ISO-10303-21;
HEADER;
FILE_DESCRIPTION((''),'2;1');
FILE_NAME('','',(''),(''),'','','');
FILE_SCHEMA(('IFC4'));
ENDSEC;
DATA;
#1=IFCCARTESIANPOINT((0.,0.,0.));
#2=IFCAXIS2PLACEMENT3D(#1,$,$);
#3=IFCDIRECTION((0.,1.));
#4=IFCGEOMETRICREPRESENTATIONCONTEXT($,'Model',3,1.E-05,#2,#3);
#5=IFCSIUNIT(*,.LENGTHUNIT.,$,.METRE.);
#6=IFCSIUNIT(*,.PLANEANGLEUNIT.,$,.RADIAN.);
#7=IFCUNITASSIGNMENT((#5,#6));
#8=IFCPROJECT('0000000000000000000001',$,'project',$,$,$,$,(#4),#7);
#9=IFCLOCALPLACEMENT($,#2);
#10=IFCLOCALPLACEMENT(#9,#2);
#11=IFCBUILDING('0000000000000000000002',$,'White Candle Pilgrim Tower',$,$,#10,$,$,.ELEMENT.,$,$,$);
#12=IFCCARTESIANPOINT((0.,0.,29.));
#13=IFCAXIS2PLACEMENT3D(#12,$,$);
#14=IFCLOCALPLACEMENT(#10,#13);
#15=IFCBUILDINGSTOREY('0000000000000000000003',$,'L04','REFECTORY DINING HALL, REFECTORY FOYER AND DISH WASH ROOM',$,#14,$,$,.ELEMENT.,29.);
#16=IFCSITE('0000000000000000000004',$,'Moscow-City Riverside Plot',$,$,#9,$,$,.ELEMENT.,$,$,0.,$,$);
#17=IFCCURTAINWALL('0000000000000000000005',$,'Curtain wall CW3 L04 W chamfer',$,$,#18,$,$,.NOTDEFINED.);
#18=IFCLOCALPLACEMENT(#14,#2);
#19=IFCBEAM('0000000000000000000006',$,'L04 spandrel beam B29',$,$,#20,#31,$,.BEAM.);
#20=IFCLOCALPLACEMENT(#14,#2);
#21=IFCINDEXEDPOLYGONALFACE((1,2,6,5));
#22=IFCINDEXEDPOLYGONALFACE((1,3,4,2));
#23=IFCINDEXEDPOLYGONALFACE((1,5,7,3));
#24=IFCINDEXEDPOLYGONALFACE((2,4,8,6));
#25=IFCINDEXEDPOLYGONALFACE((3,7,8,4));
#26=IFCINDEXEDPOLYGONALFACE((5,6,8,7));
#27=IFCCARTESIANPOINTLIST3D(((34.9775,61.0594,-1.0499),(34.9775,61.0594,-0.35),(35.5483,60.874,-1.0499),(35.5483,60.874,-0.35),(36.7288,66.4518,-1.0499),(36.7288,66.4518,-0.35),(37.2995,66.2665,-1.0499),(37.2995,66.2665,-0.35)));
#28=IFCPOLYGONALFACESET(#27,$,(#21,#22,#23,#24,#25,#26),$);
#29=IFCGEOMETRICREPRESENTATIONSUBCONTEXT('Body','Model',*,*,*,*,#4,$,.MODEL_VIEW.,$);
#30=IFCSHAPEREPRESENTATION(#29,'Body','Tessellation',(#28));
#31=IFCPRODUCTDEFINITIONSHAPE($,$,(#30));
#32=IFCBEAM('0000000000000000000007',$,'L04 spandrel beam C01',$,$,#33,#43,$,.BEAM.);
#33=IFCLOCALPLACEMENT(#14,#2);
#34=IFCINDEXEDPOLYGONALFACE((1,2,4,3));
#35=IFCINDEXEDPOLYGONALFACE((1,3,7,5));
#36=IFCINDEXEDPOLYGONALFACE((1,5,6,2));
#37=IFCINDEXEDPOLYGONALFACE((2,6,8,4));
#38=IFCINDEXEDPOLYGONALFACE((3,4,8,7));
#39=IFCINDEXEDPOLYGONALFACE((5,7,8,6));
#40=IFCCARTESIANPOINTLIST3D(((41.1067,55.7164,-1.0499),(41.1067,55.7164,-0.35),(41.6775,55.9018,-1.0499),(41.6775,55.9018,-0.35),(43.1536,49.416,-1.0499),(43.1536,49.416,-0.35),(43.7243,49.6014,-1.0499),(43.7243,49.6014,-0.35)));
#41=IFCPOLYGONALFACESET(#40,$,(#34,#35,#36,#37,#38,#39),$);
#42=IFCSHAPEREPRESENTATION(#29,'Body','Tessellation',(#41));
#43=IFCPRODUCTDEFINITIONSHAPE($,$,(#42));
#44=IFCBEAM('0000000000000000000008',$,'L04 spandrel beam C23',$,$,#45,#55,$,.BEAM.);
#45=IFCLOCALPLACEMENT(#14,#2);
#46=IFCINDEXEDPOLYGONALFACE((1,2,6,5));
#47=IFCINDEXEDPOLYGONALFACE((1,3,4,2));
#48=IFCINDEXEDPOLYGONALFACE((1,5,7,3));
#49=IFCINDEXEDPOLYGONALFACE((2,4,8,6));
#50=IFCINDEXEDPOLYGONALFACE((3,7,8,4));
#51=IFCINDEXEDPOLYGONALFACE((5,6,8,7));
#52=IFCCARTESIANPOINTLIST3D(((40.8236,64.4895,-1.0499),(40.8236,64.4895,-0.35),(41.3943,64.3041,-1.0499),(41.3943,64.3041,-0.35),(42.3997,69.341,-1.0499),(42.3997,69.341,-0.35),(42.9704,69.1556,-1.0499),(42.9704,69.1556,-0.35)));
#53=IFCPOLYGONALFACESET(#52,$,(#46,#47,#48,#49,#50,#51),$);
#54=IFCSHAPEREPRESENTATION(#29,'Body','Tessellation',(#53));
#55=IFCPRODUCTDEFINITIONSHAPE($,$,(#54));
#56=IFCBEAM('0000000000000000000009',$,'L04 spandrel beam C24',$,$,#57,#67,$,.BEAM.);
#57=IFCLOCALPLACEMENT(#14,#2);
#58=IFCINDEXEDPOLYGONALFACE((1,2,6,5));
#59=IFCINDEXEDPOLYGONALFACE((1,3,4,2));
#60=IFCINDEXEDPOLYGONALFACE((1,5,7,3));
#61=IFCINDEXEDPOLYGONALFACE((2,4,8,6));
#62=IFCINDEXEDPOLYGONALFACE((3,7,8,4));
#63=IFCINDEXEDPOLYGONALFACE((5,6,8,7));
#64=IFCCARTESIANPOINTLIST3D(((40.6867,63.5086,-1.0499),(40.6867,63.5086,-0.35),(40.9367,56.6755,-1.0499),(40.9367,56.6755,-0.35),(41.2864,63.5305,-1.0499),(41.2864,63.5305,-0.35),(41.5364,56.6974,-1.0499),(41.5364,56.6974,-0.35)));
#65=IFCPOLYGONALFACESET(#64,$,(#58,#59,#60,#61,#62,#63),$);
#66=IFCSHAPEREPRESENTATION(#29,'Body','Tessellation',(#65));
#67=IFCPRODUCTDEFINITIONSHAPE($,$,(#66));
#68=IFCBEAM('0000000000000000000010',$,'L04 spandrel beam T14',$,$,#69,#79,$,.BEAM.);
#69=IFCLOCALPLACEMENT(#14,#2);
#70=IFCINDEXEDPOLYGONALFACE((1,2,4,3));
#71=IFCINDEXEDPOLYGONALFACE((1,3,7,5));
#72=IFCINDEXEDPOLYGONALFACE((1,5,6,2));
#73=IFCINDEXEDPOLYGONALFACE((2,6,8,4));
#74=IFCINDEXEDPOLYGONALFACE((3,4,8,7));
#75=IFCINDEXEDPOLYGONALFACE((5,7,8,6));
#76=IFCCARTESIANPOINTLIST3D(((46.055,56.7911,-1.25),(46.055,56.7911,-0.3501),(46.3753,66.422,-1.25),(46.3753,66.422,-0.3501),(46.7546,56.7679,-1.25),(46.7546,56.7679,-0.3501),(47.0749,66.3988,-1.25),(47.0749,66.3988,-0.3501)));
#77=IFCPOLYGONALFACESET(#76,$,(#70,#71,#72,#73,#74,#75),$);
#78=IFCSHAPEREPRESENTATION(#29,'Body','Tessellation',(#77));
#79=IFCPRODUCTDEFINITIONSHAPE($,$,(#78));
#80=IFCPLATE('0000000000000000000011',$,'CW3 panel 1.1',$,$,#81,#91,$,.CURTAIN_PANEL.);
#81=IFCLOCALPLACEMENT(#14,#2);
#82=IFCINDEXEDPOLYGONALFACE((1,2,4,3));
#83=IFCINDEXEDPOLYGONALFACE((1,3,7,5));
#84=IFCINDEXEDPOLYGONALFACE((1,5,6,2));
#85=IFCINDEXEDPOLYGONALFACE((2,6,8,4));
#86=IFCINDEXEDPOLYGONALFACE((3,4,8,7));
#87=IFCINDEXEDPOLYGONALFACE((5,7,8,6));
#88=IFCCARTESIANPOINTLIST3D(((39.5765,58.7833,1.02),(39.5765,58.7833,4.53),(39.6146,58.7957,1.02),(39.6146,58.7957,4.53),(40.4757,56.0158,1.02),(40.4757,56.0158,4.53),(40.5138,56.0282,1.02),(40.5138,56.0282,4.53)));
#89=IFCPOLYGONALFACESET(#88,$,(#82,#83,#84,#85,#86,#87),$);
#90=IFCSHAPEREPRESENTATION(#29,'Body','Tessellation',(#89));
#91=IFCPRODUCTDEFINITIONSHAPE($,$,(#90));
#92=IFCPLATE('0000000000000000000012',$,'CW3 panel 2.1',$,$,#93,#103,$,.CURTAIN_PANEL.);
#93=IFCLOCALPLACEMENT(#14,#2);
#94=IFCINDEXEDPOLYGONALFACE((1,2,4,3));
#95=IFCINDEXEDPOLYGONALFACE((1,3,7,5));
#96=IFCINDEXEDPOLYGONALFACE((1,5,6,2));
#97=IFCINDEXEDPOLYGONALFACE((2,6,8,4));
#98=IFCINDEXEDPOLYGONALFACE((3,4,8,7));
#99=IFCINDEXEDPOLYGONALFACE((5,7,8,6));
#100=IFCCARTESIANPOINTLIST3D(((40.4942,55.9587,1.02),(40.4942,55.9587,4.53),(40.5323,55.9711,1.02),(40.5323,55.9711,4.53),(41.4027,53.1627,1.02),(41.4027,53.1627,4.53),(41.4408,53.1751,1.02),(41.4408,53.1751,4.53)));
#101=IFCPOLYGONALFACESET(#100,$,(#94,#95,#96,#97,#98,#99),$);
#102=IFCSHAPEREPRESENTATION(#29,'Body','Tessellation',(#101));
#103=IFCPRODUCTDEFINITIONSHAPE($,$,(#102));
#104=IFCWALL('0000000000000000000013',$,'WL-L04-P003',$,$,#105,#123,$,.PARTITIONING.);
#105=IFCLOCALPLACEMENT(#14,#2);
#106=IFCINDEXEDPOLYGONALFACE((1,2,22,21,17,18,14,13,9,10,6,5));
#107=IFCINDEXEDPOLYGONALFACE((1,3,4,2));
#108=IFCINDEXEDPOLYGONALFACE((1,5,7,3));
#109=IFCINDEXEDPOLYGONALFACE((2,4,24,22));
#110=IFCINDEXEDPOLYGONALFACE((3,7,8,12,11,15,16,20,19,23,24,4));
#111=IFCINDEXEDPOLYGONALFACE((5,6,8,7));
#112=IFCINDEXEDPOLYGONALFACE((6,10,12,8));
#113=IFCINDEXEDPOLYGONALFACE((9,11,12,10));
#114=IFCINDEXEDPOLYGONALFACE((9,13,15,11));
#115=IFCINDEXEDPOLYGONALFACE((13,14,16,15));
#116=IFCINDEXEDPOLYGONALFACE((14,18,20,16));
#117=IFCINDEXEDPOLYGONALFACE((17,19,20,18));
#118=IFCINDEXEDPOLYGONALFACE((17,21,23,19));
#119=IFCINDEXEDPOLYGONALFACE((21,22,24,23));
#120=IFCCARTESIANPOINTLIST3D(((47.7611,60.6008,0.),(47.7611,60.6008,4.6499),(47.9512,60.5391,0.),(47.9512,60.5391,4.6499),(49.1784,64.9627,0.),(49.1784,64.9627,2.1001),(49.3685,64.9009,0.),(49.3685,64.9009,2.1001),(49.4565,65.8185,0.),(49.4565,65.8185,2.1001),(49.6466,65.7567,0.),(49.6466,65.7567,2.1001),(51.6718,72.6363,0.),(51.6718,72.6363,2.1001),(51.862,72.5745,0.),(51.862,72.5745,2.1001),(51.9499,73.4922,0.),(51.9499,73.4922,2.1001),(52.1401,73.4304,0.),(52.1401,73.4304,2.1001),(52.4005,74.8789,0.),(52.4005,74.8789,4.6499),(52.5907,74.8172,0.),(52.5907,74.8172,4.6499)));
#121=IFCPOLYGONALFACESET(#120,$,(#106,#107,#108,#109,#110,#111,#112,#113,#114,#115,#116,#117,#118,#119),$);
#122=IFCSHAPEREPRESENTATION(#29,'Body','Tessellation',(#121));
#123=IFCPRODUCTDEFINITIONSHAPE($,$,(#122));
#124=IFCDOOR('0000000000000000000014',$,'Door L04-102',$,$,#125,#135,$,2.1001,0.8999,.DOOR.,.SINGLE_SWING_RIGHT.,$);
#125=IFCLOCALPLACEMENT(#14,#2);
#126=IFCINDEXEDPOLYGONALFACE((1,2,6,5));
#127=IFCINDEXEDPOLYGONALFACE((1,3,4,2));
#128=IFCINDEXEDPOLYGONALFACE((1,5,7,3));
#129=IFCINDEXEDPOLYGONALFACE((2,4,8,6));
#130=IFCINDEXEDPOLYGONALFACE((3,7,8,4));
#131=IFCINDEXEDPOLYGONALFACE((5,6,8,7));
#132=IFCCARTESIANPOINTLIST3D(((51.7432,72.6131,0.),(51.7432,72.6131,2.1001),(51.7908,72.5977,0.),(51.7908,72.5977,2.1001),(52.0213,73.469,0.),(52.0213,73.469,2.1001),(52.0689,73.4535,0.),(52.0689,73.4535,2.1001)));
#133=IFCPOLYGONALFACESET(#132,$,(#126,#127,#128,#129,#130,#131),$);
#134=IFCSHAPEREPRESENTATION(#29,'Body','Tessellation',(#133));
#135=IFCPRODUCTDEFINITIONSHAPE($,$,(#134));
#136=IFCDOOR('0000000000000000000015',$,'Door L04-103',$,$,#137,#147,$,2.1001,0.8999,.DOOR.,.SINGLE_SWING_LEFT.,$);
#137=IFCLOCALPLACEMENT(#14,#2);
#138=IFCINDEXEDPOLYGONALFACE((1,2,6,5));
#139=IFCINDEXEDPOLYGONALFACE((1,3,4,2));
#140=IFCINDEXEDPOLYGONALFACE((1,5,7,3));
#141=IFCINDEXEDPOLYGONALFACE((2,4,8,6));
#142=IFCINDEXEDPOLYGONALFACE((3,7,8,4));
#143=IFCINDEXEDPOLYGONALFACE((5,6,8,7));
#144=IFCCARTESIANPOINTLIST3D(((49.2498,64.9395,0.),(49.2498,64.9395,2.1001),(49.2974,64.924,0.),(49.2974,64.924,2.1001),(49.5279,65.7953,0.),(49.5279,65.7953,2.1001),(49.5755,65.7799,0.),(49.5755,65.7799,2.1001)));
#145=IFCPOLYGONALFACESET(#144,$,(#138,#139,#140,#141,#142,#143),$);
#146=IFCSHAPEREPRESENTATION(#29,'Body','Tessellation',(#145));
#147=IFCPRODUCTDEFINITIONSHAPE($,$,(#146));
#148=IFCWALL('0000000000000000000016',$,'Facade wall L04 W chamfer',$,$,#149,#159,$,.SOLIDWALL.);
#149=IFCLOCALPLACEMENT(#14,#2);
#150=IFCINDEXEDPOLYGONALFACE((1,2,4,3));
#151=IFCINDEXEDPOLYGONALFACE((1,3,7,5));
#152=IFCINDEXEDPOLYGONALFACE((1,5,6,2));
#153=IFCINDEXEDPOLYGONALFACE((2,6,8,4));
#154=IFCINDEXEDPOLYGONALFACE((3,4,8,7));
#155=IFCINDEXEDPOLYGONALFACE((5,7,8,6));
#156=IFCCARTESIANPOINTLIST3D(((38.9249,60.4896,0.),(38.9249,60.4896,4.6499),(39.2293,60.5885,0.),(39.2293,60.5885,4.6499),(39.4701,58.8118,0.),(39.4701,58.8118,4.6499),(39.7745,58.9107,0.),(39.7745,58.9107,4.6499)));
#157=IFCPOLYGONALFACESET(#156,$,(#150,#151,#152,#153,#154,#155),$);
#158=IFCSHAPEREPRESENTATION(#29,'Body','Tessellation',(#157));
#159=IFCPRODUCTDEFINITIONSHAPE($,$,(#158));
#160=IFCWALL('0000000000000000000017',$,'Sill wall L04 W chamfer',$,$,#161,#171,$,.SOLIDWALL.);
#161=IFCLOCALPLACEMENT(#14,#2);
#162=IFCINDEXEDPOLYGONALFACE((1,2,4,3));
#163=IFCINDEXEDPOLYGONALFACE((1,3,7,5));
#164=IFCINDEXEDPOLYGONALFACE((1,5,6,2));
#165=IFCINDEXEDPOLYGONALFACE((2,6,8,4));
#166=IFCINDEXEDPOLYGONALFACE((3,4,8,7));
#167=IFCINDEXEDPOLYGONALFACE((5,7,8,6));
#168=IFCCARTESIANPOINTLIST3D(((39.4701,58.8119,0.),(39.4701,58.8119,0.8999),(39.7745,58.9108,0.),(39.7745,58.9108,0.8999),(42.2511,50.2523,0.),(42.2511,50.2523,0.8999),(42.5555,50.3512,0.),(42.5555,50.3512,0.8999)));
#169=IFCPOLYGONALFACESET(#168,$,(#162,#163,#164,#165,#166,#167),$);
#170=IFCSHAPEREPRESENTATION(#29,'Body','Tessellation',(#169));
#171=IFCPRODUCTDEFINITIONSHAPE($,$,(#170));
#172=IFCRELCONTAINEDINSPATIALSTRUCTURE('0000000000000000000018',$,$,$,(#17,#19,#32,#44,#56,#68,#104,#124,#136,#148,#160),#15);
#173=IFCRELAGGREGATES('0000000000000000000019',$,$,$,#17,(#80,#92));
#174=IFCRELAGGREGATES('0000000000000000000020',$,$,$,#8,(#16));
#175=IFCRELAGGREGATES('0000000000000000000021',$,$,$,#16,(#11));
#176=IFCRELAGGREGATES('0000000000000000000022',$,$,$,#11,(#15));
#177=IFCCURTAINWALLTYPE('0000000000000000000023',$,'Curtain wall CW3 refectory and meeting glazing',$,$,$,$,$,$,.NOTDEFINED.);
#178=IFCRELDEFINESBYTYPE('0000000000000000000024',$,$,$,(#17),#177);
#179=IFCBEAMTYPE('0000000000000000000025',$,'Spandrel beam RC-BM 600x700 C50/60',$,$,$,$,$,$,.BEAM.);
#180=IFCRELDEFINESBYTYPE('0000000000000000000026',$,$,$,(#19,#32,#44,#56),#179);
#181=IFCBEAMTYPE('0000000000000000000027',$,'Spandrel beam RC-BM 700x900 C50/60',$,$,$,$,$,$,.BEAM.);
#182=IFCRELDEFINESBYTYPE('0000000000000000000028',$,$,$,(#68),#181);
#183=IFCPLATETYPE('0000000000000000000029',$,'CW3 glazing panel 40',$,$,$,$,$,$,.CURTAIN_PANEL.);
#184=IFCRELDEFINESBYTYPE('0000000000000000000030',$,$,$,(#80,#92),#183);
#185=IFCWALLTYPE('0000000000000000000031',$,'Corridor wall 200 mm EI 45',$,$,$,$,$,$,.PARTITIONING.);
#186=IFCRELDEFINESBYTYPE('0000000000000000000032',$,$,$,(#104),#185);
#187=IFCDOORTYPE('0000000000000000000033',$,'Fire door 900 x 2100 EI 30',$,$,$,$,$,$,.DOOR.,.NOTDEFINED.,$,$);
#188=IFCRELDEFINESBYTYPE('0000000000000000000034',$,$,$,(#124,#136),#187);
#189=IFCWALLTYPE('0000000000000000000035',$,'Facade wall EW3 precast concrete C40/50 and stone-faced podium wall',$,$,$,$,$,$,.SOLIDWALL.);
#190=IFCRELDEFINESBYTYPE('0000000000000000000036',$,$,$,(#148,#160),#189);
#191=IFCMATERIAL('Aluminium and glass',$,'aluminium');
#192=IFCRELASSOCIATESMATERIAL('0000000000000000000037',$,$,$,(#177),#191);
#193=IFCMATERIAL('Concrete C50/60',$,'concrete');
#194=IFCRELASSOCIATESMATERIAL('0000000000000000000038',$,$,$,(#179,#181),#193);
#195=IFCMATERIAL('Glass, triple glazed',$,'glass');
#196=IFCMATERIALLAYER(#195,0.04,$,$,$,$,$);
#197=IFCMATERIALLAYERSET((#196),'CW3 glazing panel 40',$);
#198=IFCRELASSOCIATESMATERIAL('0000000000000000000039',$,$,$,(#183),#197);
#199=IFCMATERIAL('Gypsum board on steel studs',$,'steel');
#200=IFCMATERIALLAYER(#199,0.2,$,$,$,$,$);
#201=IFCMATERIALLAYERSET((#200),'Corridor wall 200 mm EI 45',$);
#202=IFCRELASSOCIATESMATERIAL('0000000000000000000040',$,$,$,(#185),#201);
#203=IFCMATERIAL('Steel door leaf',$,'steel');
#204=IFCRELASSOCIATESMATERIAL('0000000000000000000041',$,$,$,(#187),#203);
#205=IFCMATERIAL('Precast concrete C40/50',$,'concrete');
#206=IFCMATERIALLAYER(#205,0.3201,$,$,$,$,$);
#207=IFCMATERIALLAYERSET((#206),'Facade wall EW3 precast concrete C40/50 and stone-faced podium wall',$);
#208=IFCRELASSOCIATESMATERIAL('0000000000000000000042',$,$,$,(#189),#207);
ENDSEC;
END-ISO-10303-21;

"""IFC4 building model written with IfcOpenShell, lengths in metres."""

from ifc_helpers import new_model, si_unit, direction, frame, frame_2d, origin, origin_2d, place, context, subcontext, project, spatial, rectangle, extrude, material, layer, layer_set, material_profile, profile_set, type_object, element, fill, aggregate, save


model = new_model("IFC4")

# Units and contexts
model_context = context("Model", 3, precision=1e-05, world=origin(), true_north=direction((0.0, 1.0)))
body_context = subcontext(model_context, "Body", "Model", "MODEL_VIEW")
ifc_project = project(units=[si_unit("LENGTHUNIT", "METRE"), si_unit("PLANEANGLEUNIT", "RADIAN")], contexts=[model_context])

# Site, building, storey
site_placement = place(None, origin())
site = spatial("IfcSite", under=ifc_project, at=site_placement, Name="Moscow-City Riverside Plot", CompositionType="ELEMENT", RefElevation=0.0)
building_placement = place(site_placement, origin())
building = spatial("IfcBuilding", under=site, at=building_placement, Name="White Candle Pilgrim Tower", CompositionType="ELEMENT")
storey_placement = place(building_placement, frame((0.0, 0.0, 29.0)))
storey = spatial("IfcBuildingStorey", under=building, at=storey_placement, Name="L04", Description="REFECTORY DINING HALL, REFECTORY FOYER AND DISH WASH ROOM", CompositionType="ELEMENT", Elevation=29.0)

# Curtain wall
ifc_material_1 = material(Name="Aluminium and glass", Category="aluminium")
curtain_wall_type = type_object("IfcCurtainWallType", Name="Curtain wall CW3 refectory and meeting glazing", PredefinedType="NOTDEFINED", material=ifc_material_1)
curtain_wall_placement = place(storey_placement, origin())
curtain_wall = element("IfcCurtainWall", 1, at=curtain_wall_placement, inside=storey, type_object=curtain_wall_type, Name="Curtain wall CW3 L04 W chamfer", PredefinedType="NOTDEFINED")

# Beams
ifc_material_2 = material(Name="Concrete C50/60", Category="concrete")
ifc_material_profile_1 = material_profile(ifc_material_2, rectangle(XDim=0.6001, YDim=0.7, at=origin_2d()), Name="RC-BM 600x700")
ifc_profile_set_1 = profile_set([ifc_material_profile_1], Name="Concrete C50/60")
beam_type_1 = type_object("IfcBeamType", Name="Spandrel beam RC-BM 600x700 C50/60", PredefinedType="BEAM", material=ifc_profile_set_1)
beam_1_placement = place(storey_placement, frame((37.0142, 66.3591, -0.7), z_axis=(-0.308881, -0.951101, 0.0), x_axis=(0.951101, -0.308881, 0.0)))
element("IfcBeam", 2, at=beam_1_placement, inside=storey, type_object=beam_type_1, Name="L04 spandrel beam B29", PredefinedType="BEAM", context=body_context, shape_type="SweptSolid", body=[
    extrude(rectangle(XDim=0.6001, YDim=0.7, at=origin_2d()), origin(), (0.0, 0.0, 1.0), 5.6697),
])
beam_2_placement = place(storey_placement, frame((41.3921, 55.8091, -0.7), z_axis=(0.308988, -0.951066, 0.0), x_axis=(0.951066, 0.308988, 0.0)))
element("IfcBeam", 3, at=beam_2_placement, inside=storey, type_object=beam_type_1, Name="L04 spandrel beam C01", PredefinedType="BEAM", context=body_context, shape_type="SweptSolid", body=[
    extrude(rectangle(XDim=0.6001, YDim=0.7, at=origin_2d()), origin(), (0.0, 0.0, 1.0), 6.6245),
])
beam_3_placement = place(storey_placement, frame((42.6851, 69.2483, -0.7), z_axis=(-0.308982, -0.951068, 0.0), x_axis=(0.951068, -0.308982, 0.0)))
element("IfcBeam", 4, at=beam_3_placement, inside=storey, type_object=beam_type_1, Name="L04 spandrel beam C23", PredefinedType="BEAM", context=body_context, shape_type="SweptSolid", body=[
    extrude(rectangle(XDim=0.6001, YDim=0.7, at=origin_2d()), origin(), (0.0, 0.0, 1.0), 5.1011),
])
beam_4_placement = place(storey_placement, frame((40.9866, 63.5195, -0.7), z_axis=(0.036563, -0.999331, 0.0), x_axis=(0.999331, 0.036563, 0.0)))
element("IfcBeam", 5, at=beam_4_placement, inside=storey, type_object=beam_type_1, Name="L04 spandrel beam C24", PredefinedType="BEAM", context=body_context, shape_type="SweptSolid", body=[
    extrude(rectangle(XDim=0.6001, YDim=0.7, at=origin_2d()), origin(), (0.0, 0.0, 1.0), 6.8376),
])
ifc_material_profile_2 = material_profile(ifc_material_2, rectangle(XDim=0.7, YDim=0.8999, at=origin_2d()), Name="RC-BM 700x900")
ifc_profile_set_2 = profile_set([ifc_material_profile_2], Name="Concrete C50/60")
beam_type_2 = type_object("IfcBeamType", Name="Spandrel beam RC-BM 700x900 C50/60", PredefinedType="BEAM", material=ifc_profile_set_2)
beam_5_placement = place(storey_placement, frame((46.7251, 66.4104, -0.8), z_axis=(-0.033241, -0.999447, 0.0), x_axis=(0.999447, -0.033241, 0.0)))
element("IfcBeam", 6, at=beam_5_placement, inside=storey, type_object=beam_type_2, Name="L04 spandrel beam T14", PredefinedType="BEAM", context=body_context, shape_type="SweptSolid", body=[
    extrude(rectangle(XDim=0.7, YDim=0.8999, at=origin_2d()), origin(), (0.0, 0.0, 1.0), 9.6362),
])

# Plates
ifc_material_3 = material(Name="Glass, triple glazed", Category="glass")
ifc_layer_1 = layer(ifc_material_3, 0.04)
ifc_layer_set_1 = layer_set([ifc_layer_1], Name="CW3 glazing panel 40")
plate_type = type_object("IfcPlateType", Name="CW3 glazing panel 40", PredefinedType="CURTAIN_PANEL", material=ifc_layer_set_1)
plate_1_placement = place(storey_placement, frame((40.0452, 57.4058, 1.02), z_axis=(0.0, 0.0, 1.0), x_axis=(0.309017, -0.951057, 0.0)))
plate_1 = element("IfcPlate", 7, at=plate_1_placement, type_object=plate_type, Name="CW3 panel 1.1", PredefinedType="CURTAIN_PANEL", context=body_context, shape_type="SweptSolid", body=[
    extrude(rectangle(XDim=2.9099, YDim=0.04, at=origin_2d()), origin(), (0.0, 0.0, 1.0), 3.51),
])
plate_2_placement = place(storey_placement, frame((40.9675, 54.5669, 1.02), z_axis=(0.0, 0.0, 1.0), x_axis=(0.309017, -0.951057, 0.0)))
plate_2 = element("IfcPlate", 8, at=plate_2_placement, type_object=plate_type, Name="CW3 panel 2.1", PredefinedType="CURTAIN_PANEL", context=body_context, shape_type="SweptSolid", body=[
    extrude(rectangle(XDim=2.9399, YDim=0.04, at=origin_2d()), origin(), (0.0, 0.0, 1.0), 3.51),
])
aggregate(curtain_wall, [plate_1, plate_2])

# Wall, openings, doors
ifc_material_4 = material(Name="Gypsum board on steel studs", Category="steel")
ifc_layer_2 = layer(ifc_material_4, 0.2)
ifc_layer_set_2 = layer_set([ifc_layer_2], Name="Corridor wall 200 mm EI 45")
wall_type_1 = type_object("IfcWallType", Name="Corridor wall 200 mm EI 45", PredefinedType="PARTITIONING", material=ifc_layer_set_2)
wall_1_placement = place(storey_placement, frame((47.8562, 60.5701, 0.0), z_axis=(0.0, 0.0, 1.0), x_axis=(0.309028, 0.951053, 0.0)))
wall_1 = element("IfcWall", 9, at=wall_1_placement, inside=storey, type_object=wall_type_1, Name="WL-L04-P003", PredefinedType="PARTITIONING", context=body_context, shape_type="SweptSolid", body=[
    extrude(rectangle(XDim=15.0129, YDim=0.2, at=frame_2d((7.5063, 0.0))), origin(), (0.0, 0.0, 1.0), 4.6499),
])
opening_1_placement = place(wall_1_placement, frame((12.6548, 0.0, 0.0)))
opening_1 = element("IfcOpeningElement", 10, at=opening_1_placement, cuts=wall_1, PredefinedType="OPENING", context=body_context, shape_type="SweptSolid", body=[
    extrude(rectangle(XDim=0.8999, YDim=2.1001, at=frame_2d((0.45, 1.05))), frame((0.0, 0.1099, 0.0), z_axis=(0.0, -1.0, 0.0), x_axis=(1.0, 0.0, 0.0)), (0.0, 0.0, 1.0), 0.22),
])
opening_2_placement = place(wall_1_placement, frame((4.5862, 0.0, 0.0)))
opening_2 = element("IfcOpeningElement", 11, at=opening_2_placement, cuts=wall_1, PredefinedType="OPENING", context=body_context, shape_type="SweptSolid", body=[
    extrude(rectangle(XDim=0.8999, YDim=2.1001, at=frame_2d((0.45, 1.05))), frame((0.0, 0.1099, 0.0), z_axis=(0.0, -1.0, 0.0), x_axis=(1.0, 0.0, 0.0)), (0.0, 0.0, 1.0), 0.22),
])
ifc_material_5 = material(Name="Steel door leaf", Category="steel")
door_type = type_object("IfcDoorType", Name="Fire door 900 x 2100 EI 30", OperationType="NOTDEFINED", PredefinedType="DOOR", material=ifc_material_5)
door_1_placement = place(opening_1_placement, origin())
door_1 = element("IfcDoor", 12, at=door_1_placement, inside=storey, type_object=door_type, Name="Door L04-102", OperationType="SINGLE_SWING_RIGHT", OverallHeight=2.1001, OverallWidth=0.8999, PredefinedType="DOOR", context=body_context, shape_type="SweptSolid", body=[
    extrude(rectangle(XDim=0.8999, YDim=2.1001, at=frame_2d((0.45, 1.05))), frame((0.0, 0.0249, 0.0), z_axis=(0.0, -1.0, 0.0), x_axis=(1.0, 0.0, 0.0)), (0.0, 0.0, 1.0), 0.05),
])
fill(opening_1, door_1)
door_2_placement = place(opening_2_placement, origin())
door_2 = element("IfcDoor", 13, at=door_2_placement, inside=storey, type_object=door_type, Name="Door L04-103", OperationType="SINGLE_SWING_LEFT", OverallHeight=2.1001, OverallWidth=0.8999, PredefinedType="DOOR", context=body_context, shape_type="SweptSolid", body=[
    extrude(rectangle(XDim=0.8999, YDim=2.1001, at=frame_2d((0.45, 1.05))), frame((0.0, 0.0249, 0.0), z_axis=(0.0, -1.0, 0.0), x_axis=(1.0, 0.0, 0.0)), (0.0, 0.0, 1.0), 0.05),
])
fill(opening_2, door_2)

# Walls
ifc_material_6 = material(Name="Precast concrete C40/50", Category="concrete")
ifc_layer_3 = layer(ifc_material_6, 0.3201)
ifc_layer_set_3 = layer_set([ifc_layer_3], Name="Facade wall EW3 precast concrete C40/50 and stone-faced podium wall")
wall_type_2 = type_object("IfcWallType", Name="Facade wall EW3 precast concrete C40/50 and stone-faced podium wall", PredefinedType="SOLIDWALL", material=ifc_layer_set_3)
wall_2_placement = place(storey_placement, frame((39.0771, 60.5391, 0.0), z_axis=(0.0, 0.0, 1.0), x_axis=(0.309036, -0.95105, 0.0)))
element("IfcWall", 14, at=wall_2_placement, inside=storey, type_object=wall_type_2, Name="Facade wall L04 W chamfer", PredefinedType="SOLIDWALL", context=body_context, shape_type="SweptSolid", body=[
    extrude(rectangle(XDim=1.7642, YDim=0.3201, at=frame_2d((0.8821, 0.0))), origin(), (0.0, 0.0, 1.0), 4.6499),
])
wall_3_placement = place(storey_placement, frame((39.6223, 58.8613, 0.0), z_axis=(0.0, 0.0, 1.0), x_axis=(0.309, -0.951062, 0.0)))
element("IfcWall", 15, at=wall_3_placement, inside=storey, type_object=wall_type_2, Name="Sill wall L04 W chamfer", PredefinedType="SOLIDWALL", context=body_context, shape_type="SweptSolid", body=[
    extrude(rectangle(XDim=9.0, YDim=0.3201, at=frame_2d((4.5, 0.0))), origin(), (0.0, 0.0, 1.0), 0.8999),
])

save(model, "model.ifc")
